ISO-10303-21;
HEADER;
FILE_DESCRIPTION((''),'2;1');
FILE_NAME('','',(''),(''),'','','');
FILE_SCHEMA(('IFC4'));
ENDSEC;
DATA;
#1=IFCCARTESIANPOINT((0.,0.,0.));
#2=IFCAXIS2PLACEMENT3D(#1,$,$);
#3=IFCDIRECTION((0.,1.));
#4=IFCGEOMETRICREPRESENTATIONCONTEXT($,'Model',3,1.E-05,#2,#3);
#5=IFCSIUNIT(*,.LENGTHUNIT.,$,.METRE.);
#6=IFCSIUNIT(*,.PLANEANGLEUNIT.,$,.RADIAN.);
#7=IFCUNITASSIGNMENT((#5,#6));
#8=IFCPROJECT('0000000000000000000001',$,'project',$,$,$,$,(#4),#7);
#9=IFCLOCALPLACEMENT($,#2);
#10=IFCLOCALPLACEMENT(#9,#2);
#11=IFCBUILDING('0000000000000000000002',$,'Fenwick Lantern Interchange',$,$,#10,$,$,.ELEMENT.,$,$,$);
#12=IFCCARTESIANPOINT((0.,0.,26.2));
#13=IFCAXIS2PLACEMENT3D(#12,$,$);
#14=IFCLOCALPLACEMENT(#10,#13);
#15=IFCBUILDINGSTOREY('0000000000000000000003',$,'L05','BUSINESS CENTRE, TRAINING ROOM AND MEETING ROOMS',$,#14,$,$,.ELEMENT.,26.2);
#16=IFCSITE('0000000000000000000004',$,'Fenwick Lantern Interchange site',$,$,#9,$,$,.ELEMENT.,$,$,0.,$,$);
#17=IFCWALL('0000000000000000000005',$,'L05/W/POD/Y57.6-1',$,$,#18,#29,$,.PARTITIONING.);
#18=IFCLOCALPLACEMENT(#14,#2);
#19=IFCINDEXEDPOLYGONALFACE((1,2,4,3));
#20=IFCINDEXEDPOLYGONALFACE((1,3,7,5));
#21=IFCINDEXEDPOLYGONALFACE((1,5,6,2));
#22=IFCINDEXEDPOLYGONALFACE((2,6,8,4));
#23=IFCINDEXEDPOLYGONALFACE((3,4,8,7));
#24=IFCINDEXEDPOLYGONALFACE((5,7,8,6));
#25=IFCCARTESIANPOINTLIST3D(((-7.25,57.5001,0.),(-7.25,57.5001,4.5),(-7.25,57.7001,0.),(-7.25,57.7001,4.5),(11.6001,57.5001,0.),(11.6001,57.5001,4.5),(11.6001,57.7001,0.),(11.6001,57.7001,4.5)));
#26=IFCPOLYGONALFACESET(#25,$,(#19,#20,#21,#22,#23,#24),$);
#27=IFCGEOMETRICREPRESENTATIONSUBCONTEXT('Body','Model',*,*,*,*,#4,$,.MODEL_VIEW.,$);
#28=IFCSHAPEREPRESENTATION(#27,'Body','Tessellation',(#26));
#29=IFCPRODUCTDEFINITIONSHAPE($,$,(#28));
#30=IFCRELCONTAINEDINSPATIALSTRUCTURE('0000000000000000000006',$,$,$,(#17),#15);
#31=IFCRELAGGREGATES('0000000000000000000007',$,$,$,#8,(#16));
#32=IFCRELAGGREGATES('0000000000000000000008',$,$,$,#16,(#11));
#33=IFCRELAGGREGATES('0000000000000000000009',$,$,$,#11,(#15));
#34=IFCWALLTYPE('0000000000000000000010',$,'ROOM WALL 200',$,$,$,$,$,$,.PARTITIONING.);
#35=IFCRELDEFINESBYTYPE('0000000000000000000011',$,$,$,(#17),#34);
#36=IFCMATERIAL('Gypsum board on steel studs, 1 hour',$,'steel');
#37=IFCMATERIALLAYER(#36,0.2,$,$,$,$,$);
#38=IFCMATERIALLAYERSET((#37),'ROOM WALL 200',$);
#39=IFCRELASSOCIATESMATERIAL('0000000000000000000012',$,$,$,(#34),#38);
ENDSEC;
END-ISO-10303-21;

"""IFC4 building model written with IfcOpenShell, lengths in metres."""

from ifc_helpers import new_model, si_unit, direction, frame, frame_2d, origin, place, context, subcontext, project, spatial, rectangle, extrude, material, layer, layer_set, type_object, element, save


model = new_model("IFC4")

# Units and contexts
model_context = context("Model", 3, precision=1e-05, world=origin(), true_north=direction((0.0, 1.0)))
body_context = subcontext(model_context, "Body", "Model", "MODEL_VIEW")
ifc_project = project(units=[si_unit("LENGTHUNIT", "METRE"), si_unit("PLANEANGLEUNIT", "RADIAN")], contexts=[model_context])

# Site, building, storey
site_placement = place(None, origin())
site = spatial("IfcSite", under=ifc_project, at=site_placement, Name="Fenwick Lantern Interchange site", CompositionType="ELEMENT", RefElevation=0.0)
building_placement = place(site_placement, origin())
building = spatial("IfcBuilding", under=site, at=building_placement, Name="Fenwick Lantern Interchange", CompositionType="ELEMENT")
storey_placement = place(building_placement, frame((0.0, 0.0, 26.2)))
storey = spatial("IfcBuildingStorey", under=building, at=storey_placement, Name="L05", Description="BUSINESS CENTRE, TRAINING ROOM AND MEETING ROOMS", CompositionType="ELEMENT", Elevation=26.2)

# Wall
ifc_material_1 = material(Name="Gypsum board on steel studs, 1 hour", Category="steel")
ifc_layer_1 = layer(ifc_material_1, 0.2)
ifc_layer_set_1 = layer_set([ifc_layer_1], Name="ROOM WALL 200")
wall_type_1 = type_object("IfcWallType", Name="ROOM WALL 200", PredefinedType="PARTITIONING", material=ifc_layer_set_1)
wall_1_placement = place(storey_placement, frame((-7.25, 57.6001, 0.0), z_axis=(0.0, 0.0, 1.0), x_axis=(1.0, 0.0, 0.0)))
element("IfcWall", 1, at=wall_1_placement, inside=storey, type_object=wall_type_1, Name="L05/W/POD/Y57.6-1", PredefinedType="PARTITIONING", context=body_context, shape_type="SweptSolid", body=[
    extrude(rectangle(XDim=18.8501, YDim=0.2, at=frame_2d((9.425, 0.0))), origin(), (0.0, 0.0, 1.0), 4.5),
])

save(model, "model.ifc")
